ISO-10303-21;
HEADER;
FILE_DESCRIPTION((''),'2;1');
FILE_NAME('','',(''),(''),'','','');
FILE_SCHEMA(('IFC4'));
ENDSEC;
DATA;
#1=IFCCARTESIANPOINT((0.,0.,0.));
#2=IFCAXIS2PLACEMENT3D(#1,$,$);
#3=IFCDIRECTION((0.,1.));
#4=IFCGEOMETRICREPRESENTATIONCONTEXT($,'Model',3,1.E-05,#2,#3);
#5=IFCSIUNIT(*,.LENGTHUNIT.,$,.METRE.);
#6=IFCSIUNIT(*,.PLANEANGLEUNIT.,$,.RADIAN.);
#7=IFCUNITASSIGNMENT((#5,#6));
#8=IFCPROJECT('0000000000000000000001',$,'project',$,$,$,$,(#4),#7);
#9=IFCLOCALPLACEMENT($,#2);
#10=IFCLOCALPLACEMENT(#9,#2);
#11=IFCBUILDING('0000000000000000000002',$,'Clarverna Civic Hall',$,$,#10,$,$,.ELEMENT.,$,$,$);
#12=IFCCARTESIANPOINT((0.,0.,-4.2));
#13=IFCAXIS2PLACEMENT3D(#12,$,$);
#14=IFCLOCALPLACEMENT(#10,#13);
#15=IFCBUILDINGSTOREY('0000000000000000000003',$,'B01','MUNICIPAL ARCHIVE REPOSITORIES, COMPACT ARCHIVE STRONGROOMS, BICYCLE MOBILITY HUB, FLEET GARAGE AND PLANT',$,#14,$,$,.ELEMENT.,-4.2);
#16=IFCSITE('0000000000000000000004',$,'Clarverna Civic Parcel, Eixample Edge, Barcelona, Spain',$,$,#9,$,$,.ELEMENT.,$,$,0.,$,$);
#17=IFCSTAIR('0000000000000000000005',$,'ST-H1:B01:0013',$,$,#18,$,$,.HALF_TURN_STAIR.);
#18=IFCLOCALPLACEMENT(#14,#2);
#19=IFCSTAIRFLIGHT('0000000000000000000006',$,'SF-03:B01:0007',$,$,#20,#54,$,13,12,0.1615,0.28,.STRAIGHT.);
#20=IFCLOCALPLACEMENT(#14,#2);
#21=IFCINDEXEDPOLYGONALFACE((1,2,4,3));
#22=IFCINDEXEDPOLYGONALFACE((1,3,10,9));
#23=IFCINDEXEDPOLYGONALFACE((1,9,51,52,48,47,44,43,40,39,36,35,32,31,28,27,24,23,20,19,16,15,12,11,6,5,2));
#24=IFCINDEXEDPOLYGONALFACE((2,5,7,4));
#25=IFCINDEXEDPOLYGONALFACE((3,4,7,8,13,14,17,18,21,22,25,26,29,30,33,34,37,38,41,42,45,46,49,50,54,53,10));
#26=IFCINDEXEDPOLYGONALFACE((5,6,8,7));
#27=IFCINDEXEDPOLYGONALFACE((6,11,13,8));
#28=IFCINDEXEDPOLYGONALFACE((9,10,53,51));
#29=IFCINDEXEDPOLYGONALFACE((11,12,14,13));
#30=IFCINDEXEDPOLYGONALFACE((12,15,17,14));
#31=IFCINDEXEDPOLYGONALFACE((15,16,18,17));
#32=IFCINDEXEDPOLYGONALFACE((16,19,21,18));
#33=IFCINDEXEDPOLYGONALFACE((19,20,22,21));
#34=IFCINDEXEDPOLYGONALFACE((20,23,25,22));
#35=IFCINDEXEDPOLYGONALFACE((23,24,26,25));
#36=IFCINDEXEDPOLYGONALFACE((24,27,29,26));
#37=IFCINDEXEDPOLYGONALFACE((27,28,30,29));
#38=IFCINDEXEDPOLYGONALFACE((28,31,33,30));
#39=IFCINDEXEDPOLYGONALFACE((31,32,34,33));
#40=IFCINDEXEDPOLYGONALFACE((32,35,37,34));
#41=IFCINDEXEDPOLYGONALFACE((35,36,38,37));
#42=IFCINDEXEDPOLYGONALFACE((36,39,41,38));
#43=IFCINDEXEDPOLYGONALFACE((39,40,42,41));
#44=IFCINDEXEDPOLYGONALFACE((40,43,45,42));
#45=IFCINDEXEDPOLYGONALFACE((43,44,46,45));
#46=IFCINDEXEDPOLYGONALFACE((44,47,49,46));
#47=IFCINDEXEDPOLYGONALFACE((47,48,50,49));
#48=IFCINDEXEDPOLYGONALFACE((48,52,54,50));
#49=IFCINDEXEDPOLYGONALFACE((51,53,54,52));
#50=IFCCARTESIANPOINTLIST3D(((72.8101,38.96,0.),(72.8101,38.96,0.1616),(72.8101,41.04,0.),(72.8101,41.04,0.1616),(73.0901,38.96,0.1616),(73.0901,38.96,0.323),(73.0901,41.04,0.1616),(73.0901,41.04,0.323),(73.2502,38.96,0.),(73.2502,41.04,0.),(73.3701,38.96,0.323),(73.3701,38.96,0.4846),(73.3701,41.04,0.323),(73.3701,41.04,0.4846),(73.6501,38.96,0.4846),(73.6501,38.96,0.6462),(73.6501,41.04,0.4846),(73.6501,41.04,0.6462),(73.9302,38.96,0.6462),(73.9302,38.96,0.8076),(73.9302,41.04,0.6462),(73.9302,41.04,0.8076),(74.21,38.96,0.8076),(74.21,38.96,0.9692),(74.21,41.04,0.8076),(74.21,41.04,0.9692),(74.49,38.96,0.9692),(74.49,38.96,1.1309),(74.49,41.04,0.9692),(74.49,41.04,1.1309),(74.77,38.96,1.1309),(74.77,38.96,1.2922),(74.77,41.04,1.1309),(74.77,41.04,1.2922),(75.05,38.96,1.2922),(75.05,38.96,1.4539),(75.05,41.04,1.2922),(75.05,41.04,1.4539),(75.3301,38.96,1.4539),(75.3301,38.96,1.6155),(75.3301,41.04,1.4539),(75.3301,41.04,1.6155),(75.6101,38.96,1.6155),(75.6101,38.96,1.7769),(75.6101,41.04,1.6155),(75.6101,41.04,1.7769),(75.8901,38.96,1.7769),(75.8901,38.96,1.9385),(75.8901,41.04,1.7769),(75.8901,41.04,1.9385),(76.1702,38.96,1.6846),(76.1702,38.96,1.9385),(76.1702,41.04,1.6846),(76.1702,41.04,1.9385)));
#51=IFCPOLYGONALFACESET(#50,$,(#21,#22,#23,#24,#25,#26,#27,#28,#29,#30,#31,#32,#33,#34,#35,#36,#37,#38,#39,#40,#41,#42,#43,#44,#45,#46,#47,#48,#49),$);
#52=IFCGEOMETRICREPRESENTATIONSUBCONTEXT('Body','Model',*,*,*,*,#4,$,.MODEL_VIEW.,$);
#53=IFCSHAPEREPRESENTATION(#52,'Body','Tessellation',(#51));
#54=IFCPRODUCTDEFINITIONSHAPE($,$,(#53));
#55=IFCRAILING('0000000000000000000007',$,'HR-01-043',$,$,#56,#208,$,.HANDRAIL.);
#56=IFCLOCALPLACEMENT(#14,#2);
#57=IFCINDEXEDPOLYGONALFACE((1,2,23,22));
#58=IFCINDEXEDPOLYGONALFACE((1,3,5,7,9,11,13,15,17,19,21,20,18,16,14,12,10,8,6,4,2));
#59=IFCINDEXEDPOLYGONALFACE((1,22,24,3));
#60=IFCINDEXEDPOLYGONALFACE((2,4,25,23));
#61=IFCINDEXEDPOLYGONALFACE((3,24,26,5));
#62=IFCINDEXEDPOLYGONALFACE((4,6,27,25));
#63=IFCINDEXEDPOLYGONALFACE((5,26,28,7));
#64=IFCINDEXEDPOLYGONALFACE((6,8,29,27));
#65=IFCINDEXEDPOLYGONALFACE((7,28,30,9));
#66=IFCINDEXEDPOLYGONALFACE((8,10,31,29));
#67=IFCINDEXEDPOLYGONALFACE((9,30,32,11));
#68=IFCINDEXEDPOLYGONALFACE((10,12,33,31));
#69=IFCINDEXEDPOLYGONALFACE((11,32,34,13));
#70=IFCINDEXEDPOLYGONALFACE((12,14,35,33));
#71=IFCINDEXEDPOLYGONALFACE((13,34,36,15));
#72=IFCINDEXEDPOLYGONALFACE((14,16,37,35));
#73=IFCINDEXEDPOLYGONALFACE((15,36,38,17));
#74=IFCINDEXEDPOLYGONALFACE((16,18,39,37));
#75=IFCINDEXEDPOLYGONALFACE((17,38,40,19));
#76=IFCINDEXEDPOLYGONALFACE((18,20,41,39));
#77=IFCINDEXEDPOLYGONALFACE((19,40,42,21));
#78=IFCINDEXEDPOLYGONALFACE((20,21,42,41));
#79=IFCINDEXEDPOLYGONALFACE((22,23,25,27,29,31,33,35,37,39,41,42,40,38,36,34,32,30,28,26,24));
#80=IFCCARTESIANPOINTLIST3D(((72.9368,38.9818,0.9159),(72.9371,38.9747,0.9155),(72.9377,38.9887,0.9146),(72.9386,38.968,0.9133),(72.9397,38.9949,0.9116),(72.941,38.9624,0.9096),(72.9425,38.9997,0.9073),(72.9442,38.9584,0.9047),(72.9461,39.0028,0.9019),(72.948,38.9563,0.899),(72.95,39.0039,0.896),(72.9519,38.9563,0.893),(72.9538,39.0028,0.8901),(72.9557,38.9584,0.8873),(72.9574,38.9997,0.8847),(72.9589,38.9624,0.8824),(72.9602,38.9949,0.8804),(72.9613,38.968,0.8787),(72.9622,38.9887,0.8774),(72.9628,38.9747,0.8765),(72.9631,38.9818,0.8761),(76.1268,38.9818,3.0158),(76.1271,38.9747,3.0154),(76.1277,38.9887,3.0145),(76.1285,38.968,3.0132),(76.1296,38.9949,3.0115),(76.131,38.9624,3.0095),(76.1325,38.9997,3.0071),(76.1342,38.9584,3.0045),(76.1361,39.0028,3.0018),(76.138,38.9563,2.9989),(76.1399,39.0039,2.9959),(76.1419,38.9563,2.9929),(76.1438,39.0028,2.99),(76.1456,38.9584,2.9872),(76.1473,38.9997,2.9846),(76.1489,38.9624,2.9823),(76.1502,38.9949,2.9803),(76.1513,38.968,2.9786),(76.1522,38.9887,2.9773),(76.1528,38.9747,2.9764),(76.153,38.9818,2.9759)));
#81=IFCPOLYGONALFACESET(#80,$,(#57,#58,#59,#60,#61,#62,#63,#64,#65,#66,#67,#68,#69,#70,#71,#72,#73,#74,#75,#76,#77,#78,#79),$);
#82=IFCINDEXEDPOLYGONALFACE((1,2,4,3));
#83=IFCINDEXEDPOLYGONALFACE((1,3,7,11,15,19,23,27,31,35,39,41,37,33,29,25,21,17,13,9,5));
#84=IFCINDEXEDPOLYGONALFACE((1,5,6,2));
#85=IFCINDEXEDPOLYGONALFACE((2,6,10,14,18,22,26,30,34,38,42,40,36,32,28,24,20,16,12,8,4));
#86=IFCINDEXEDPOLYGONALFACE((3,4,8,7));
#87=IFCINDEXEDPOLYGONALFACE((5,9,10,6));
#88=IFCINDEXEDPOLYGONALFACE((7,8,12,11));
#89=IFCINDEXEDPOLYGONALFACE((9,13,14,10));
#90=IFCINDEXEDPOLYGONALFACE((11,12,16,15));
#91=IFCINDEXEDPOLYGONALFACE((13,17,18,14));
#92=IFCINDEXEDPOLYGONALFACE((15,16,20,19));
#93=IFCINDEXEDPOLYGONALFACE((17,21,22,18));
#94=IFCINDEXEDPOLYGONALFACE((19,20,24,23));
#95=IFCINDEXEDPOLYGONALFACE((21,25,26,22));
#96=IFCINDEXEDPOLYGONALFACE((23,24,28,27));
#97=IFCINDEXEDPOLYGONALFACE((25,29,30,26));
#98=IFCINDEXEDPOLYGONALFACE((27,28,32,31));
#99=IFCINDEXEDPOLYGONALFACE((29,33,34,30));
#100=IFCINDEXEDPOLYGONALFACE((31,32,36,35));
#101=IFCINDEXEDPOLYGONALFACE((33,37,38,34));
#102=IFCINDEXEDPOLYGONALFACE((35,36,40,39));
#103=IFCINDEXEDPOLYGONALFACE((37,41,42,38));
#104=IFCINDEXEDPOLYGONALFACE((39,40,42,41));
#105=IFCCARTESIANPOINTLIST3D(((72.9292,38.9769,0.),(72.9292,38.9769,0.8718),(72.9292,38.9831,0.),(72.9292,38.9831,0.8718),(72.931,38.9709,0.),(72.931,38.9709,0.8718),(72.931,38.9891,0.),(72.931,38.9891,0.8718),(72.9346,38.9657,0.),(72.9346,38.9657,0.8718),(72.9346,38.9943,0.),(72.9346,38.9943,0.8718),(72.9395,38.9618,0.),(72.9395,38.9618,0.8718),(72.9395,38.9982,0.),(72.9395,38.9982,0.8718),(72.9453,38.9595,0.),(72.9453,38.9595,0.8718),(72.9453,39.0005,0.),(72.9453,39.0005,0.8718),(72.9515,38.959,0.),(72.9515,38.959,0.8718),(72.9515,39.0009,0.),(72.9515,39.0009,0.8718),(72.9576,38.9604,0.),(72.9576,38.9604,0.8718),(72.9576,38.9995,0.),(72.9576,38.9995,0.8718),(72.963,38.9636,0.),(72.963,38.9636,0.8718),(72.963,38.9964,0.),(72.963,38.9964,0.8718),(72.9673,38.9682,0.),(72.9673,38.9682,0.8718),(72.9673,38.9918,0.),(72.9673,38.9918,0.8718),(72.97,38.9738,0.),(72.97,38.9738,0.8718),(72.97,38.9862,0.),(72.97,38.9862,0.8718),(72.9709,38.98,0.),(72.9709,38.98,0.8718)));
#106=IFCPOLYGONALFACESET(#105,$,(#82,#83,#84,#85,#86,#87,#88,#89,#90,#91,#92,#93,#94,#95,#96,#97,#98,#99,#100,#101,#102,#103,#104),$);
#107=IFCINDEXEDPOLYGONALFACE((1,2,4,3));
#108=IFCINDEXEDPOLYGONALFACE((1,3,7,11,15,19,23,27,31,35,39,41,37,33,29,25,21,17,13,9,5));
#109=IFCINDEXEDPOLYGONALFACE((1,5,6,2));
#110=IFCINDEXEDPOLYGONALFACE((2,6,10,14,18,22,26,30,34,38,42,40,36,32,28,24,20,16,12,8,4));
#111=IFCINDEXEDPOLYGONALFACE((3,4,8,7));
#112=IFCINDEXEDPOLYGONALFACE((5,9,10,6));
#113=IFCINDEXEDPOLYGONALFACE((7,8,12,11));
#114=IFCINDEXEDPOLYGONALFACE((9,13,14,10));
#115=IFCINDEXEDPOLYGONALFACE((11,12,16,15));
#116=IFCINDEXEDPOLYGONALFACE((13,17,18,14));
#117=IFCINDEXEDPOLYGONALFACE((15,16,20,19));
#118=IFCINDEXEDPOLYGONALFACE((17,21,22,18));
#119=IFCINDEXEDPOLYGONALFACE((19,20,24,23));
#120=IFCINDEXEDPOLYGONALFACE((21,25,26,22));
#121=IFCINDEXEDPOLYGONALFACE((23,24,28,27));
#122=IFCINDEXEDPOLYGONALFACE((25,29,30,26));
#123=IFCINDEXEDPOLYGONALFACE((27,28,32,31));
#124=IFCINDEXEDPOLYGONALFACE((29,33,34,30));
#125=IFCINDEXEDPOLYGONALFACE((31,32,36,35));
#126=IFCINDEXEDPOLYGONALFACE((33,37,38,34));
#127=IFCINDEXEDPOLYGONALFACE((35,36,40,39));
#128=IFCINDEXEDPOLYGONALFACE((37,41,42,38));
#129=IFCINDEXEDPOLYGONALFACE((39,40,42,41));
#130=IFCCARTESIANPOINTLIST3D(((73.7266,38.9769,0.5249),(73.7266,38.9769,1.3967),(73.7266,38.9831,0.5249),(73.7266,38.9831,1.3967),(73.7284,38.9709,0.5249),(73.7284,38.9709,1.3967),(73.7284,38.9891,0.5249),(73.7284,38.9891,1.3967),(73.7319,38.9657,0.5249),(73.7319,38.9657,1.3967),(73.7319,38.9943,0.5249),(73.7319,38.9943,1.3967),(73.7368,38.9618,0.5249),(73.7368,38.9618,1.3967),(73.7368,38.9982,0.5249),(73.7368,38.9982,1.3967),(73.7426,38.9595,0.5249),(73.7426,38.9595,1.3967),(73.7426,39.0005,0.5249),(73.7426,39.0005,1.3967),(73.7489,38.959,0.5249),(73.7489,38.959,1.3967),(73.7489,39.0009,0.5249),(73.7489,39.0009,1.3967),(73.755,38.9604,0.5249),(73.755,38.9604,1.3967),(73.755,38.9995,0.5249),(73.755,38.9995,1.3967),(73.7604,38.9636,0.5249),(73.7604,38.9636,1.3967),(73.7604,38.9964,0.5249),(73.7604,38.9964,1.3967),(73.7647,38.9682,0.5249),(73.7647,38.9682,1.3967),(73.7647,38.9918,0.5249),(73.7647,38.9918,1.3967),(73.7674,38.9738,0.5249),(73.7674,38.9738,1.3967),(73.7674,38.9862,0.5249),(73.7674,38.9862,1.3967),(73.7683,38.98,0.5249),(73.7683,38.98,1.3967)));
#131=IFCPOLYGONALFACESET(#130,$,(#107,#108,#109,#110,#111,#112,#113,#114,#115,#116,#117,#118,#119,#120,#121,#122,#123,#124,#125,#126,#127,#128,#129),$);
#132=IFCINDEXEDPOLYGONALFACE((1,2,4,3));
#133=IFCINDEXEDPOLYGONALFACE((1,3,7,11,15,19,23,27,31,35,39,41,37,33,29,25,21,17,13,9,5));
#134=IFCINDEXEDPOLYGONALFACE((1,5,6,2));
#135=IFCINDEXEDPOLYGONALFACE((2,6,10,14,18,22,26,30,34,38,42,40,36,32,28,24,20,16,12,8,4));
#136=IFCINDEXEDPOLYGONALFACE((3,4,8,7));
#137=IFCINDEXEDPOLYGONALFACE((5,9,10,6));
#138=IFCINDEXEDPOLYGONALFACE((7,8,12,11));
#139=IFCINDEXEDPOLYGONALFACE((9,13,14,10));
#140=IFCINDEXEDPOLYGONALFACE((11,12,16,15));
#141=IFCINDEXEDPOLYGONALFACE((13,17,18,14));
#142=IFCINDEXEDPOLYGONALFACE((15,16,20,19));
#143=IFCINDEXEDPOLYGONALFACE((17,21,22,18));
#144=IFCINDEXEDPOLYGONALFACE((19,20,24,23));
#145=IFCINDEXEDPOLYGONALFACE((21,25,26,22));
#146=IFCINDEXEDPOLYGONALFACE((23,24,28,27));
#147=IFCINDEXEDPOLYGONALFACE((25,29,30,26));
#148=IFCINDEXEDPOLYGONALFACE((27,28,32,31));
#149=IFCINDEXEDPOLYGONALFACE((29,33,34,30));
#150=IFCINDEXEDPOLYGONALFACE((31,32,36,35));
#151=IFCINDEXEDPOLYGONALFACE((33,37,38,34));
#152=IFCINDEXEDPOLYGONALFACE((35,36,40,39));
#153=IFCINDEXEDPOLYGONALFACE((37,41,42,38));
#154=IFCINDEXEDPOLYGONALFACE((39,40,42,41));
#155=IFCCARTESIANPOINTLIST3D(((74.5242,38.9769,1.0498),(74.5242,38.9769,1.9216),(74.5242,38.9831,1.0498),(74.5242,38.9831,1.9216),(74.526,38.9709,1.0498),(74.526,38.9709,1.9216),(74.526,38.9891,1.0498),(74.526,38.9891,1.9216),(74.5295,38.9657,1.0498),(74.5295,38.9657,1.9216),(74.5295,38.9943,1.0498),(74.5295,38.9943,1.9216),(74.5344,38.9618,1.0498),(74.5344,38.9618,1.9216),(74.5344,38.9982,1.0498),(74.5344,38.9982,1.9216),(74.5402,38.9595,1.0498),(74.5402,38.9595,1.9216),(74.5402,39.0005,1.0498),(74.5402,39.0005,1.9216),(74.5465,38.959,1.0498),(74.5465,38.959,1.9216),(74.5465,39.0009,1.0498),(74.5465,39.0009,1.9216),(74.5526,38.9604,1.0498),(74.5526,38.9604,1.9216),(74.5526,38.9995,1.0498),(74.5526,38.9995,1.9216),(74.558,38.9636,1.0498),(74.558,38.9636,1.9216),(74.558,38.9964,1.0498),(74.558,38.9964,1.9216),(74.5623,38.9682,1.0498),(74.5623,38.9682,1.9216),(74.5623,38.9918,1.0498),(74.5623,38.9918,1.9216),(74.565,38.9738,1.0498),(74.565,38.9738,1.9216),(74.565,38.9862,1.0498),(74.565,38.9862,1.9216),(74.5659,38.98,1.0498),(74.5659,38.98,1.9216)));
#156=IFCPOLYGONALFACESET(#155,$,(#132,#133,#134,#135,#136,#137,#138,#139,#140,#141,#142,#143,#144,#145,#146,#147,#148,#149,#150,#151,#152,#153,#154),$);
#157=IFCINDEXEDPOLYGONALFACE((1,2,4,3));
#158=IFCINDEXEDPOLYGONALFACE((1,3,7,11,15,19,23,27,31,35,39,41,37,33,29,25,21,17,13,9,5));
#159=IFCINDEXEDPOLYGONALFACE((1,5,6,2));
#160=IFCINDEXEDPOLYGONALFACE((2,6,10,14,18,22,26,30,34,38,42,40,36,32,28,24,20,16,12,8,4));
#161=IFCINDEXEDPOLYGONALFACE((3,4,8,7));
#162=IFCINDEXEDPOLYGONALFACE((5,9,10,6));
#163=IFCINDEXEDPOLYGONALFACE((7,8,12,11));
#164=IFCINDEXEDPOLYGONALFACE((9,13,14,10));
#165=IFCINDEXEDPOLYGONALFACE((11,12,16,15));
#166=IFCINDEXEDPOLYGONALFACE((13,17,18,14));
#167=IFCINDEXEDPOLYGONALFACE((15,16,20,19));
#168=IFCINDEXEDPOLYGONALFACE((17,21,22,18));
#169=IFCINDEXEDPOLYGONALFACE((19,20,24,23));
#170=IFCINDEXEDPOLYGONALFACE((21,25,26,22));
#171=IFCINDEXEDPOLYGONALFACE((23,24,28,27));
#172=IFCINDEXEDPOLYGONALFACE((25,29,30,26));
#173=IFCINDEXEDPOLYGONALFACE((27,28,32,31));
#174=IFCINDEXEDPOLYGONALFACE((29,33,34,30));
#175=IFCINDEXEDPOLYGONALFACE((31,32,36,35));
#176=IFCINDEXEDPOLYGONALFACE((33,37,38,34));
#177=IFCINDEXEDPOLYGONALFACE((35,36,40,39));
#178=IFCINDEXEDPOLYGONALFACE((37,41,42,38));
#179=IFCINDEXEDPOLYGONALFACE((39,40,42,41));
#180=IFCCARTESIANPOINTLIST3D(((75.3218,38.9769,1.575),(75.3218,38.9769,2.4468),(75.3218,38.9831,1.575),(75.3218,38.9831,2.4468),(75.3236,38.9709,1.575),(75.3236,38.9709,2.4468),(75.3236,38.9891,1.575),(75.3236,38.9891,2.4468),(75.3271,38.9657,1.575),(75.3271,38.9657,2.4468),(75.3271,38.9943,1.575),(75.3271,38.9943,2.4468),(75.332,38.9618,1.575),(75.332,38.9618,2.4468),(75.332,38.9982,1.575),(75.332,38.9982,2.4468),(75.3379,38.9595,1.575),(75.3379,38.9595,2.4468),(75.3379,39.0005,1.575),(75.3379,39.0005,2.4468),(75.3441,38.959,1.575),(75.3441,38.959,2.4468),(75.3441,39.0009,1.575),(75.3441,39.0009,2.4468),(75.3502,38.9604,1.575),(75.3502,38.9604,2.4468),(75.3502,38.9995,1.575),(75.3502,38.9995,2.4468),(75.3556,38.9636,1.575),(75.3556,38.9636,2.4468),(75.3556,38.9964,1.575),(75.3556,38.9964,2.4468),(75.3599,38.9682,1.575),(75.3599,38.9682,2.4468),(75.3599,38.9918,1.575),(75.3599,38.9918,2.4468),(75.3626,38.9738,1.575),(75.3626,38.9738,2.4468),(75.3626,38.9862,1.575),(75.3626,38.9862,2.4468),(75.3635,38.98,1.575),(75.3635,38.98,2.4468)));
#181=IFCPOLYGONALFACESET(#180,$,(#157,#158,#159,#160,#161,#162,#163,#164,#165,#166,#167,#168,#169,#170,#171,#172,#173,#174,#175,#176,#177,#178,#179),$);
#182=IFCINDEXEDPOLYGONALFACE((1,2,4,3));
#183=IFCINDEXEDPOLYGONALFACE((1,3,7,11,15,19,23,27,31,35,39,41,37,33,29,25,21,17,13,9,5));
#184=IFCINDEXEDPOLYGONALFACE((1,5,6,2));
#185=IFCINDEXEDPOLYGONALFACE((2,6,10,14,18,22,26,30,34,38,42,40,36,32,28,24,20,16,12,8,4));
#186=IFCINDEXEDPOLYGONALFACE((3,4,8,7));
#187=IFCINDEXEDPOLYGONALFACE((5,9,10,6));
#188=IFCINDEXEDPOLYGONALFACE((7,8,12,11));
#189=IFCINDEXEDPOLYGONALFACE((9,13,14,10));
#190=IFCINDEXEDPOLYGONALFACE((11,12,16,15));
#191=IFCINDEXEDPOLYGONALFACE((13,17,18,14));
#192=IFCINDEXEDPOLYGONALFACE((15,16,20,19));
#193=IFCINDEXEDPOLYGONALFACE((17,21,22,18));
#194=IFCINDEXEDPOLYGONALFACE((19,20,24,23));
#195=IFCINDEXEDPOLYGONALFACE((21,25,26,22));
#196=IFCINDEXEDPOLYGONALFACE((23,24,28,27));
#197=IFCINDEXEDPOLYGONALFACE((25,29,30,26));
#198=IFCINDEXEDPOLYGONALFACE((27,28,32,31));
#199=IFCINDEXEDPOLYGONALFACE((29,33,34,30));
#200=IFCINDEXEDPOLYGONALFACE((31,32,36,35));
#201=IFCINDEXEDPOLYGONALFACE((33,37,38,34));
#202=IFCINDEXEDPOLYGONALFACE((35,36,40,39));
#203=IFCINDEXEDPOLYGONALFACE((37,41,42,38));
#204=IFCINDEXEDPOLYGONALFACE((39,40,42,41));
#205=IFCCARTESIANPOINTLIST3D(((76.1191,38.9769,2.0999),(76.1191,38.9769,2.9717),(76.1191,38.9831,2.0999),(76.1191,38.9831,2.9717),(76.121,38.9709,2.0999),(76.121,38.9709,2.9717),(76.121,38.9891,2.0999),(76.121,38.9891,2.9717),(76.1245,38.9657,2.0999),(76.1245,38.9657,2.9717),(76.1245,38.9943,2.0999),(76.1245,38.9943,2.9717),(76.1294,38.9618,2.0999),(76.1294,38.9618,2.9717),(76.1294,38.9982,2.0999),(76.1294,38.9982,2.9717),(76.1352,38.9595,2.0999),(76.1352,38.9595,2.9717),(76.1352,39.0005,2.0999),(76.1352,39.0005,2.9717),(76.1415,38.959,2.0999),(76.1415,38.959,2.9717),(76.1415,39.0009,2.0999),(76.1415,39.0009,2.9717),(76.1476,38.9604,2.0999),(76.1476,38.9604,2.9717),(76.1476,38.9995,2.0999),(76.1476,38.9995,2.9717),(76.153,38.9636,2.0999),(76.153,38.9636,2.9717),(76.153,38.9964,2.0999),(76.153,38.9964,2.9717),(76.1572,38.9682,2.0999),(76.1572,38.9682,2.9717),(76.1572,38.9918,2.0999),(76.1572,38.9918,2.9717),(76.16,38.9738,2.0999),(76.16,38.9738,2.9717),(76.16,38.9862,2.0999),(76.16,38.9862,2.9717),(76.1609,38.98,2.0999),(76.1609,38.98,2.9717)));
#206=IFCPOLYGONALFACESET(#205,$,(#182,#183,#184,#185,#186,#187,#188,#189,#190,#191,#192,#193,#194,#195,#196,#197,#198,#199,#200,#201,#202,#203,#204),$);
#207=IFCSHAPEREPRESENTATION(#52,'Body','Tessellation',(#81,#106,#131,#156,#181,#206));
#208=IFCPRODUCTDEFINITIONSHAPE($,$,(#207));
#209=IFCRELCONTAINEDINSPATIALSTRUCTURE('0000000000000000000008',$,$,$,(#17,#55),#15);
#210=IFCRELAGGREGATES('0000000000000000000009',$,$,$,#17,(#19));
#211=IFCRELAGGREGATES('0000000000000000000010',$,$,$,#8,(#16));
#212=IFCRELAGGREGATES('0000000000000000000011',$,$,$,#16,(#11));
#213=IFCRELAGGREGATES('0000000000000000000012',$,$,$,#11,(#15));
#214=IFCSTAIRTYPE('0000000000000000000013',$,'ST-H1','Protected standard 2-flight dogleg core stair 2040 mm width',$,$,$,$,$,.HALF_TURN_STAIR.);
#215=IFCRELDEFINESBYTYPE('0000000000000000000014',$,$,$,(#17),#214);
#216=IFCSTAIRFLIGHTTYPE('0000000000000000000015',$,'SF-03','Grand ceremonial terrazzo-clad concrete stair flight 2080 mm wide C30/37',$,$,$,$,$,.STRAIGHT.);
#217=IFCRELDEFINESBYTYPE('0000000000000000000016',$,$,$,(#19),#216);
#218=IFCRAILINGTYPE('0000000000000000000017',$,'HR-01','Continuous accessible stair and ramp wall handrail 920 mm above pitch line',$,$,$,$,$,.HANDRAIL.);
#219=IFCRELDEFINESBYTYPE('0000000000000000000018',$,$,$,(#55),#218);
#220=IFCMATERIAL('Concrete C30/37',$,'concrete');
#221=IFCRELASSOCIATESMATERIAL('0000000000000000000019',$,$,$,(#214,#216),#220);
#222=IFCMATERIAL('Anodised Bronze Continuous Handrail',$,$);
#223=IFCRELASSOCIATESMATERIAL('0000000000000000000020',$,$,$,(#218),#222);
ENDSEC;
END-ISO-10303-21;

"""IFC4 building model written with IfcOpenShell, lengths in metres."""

from ifc_helpers import new_model, si_unit, direction, frame, origin, origin_2d, place, context, subcontext, project, spatial, polyline, circle, outline, extrude, material, type_object, element, aggregate, save


model = new_model("IFC4")

# Units and contexts
model_context = context("Model", 3, precision=1e-05, world=origin(), true_north=direction((0.0, 1.0)))
body_context = subcontext(model_context, "Body", "Model", "MODEL_VIEW")
ifc_project = project(units=[si_unit("LENGTHUNIT", "METRE"), si_unit("PLANEANGLEUNIT", "RADIAN")], contexts=[model_context])

# Site, building, storey
site_placement = place(None, origin())
site = spatial("IfcSite", under=ifc_project, at=site_placement, Name="Clarverna Civic Parcel, Eixample Edge, Barcelona, Spain", CompositionType="ELEMENT", RefElevation=0.0)
building_placement = place(site_placement, origin())
building = spatial("IfcBuilding", under=site, at=building_placement, Name="Clarverna Civic Hall", CompositionType="ELEMENT")
storey_placement = place(building_placement, frame((0.0, 0.0, -4.2)))
storey = spatial("IfcBuildingStorey", under=building, at=storey_placement, Name="B01", Description="MUNICIPAL ARCHIVE REPOSITORIES, COMPACT ARCHIVE STRONGROOMS, BICYCLE MOBILITY HUB, FLEET GARAGE AND PLANT", CompositionType="ELEMENT", Elevation=-4.2)

# Shared definitions
ifc_material_1 = material(Name="Concrete C30/37", Category="concrete")

# Stair, stair flight
stair_type = type_object("IfcStairType", Name="ST-H1", Description="Protected standard 2-flight dogleg core stair 2040 mm width", PredefinedType="HALF_TURN_STAIR", material=ifc_material_1)
stair_placement = place(storey_placement, origin())
stair = element("IfcStair", 1, at=stair_placement, inside=storey, type_object=stair_type, Name="ST-H1:B01:0013", PredefinedType="HALF_TURN_STAIR")
stair_flight_type = type_object("IfcStairFlightType", Name="SF-03", Description="Grand ceremonial terrazzo-clad concrete stair flight 2080 mm wide C30/37", PredefinedType="STRAIGHT", material=ifc_material_1)
stair_flight_placement = place(storey_placement, frame((72.8101, 40.0, 0.0), z_axis=(0.0, 0.0, 1.0), x_axis=(1.0, 0.0, 0.0)))
stair_flight = element("IfcStairFlight", 2, at=stair_flight_placement, type_object=stair_flight_type, Name="SF-03:B01:0007", NumberOfRisers=13, NumberOfTreads=12, PredefinedType="STRAIGHT", RiserHeight=0.1615, TreadLength=0.28, context=body_context, shape_type="SweptSolid", body=[
    extrude(outline(polyline([(0.0, 0.0), (0.0, 0.1616), (0.28, 0.1616), (0.28, 0.323), (0.5601, 0.323), (0.5601, 0.4846), (0.8401, 0.4846), (0.8401, 0.6462), (1.1201, 0.6462), (1.1201, 0.8076), (1.3999, 0.8076), (1.3999, 0.9692), (1.6799, 0.9692), (1.6799, 1.1309), (1.96, 1.1309), (1.96, 1.2922), (2.24, 1.2922), (2.24, 1.4539), (2.52, 1.4539), (2.52, 1.6155), (2.8, 1.6155), (2.8, 1.7769), (3.0801, 1.7769), (3.0801, 1.9385), (3.3601, 1.9385), (3.3601, 2.1001), (3.3601, 1.6846), (0.4402, 0.0), (0.0, 0.0)])), frame((0.0, 1.04, 0.0), z_axis=(0.0, -1.0, 0.0), x_axis=(1.0, 0.0, 0.0)), (0.0, 0.0, 1.0), 2.0801),
])
aggregate(stair, [stair_flight])

# Railing
ifc_material_2 = material(Name="Anodised Bronze Continuous Handrail")
railing_type = type_object("IfcRailingType", Name="HR-01", Description="Continuous accessible stair and ramp wall handrail 920 mm above pitch line", PredefinedType="HANDRAIL", material=ifc_material_2)
railing_placement = place(storey_placement, frame((72.95, 38.98, 0.0)))
element("IfcRailing", 3, at=railing_placement, inside=storey, type_object=railing_type, Name="HR-01-043", PredefinedType="HANDRAIL", context=body_context, shape_type="SweptSolid", body=[
    extrude(circle(Radius=0.0239, at=origin_2d()), frame((0.0, 0.0, 0.896), z_axis=(0.835272, 0.0, 0.549837), x_axis=(0.0, 1.0, 0.0)), (0.0, 0.0, 1.0), 3.8191),
    extrude(circle(Radius=0.021, at=origin_2d()), origin(), (0.0, 0.0, 1.0), 0.8718),
    extrude(circle(Radius=0.021, at=origin_2d()), frame((0.7974, 0.0, 0.5249)), (0.0, 0.0, 1.0), 0.8718),
    extrude(circle(Radius=0.021, at=origin_2d()), frame((1.595, 0.0, 1.0498)), (0.0, 0.0, 1.0), 0.8718),
    extrude(circle(Radius=0.021, at=origin_2d()), frame((2.3926, 0.0, 1.575)), (0.0, 0.0, 1.0), 0.8718),
    extrude(circle(Radius=0.021, at=origin_2d()), frame((3.1899, 0.0, 2.0999)), (0.0, 0.0, 1.0), 0.8718),
])

save(model, "model.ifc")
